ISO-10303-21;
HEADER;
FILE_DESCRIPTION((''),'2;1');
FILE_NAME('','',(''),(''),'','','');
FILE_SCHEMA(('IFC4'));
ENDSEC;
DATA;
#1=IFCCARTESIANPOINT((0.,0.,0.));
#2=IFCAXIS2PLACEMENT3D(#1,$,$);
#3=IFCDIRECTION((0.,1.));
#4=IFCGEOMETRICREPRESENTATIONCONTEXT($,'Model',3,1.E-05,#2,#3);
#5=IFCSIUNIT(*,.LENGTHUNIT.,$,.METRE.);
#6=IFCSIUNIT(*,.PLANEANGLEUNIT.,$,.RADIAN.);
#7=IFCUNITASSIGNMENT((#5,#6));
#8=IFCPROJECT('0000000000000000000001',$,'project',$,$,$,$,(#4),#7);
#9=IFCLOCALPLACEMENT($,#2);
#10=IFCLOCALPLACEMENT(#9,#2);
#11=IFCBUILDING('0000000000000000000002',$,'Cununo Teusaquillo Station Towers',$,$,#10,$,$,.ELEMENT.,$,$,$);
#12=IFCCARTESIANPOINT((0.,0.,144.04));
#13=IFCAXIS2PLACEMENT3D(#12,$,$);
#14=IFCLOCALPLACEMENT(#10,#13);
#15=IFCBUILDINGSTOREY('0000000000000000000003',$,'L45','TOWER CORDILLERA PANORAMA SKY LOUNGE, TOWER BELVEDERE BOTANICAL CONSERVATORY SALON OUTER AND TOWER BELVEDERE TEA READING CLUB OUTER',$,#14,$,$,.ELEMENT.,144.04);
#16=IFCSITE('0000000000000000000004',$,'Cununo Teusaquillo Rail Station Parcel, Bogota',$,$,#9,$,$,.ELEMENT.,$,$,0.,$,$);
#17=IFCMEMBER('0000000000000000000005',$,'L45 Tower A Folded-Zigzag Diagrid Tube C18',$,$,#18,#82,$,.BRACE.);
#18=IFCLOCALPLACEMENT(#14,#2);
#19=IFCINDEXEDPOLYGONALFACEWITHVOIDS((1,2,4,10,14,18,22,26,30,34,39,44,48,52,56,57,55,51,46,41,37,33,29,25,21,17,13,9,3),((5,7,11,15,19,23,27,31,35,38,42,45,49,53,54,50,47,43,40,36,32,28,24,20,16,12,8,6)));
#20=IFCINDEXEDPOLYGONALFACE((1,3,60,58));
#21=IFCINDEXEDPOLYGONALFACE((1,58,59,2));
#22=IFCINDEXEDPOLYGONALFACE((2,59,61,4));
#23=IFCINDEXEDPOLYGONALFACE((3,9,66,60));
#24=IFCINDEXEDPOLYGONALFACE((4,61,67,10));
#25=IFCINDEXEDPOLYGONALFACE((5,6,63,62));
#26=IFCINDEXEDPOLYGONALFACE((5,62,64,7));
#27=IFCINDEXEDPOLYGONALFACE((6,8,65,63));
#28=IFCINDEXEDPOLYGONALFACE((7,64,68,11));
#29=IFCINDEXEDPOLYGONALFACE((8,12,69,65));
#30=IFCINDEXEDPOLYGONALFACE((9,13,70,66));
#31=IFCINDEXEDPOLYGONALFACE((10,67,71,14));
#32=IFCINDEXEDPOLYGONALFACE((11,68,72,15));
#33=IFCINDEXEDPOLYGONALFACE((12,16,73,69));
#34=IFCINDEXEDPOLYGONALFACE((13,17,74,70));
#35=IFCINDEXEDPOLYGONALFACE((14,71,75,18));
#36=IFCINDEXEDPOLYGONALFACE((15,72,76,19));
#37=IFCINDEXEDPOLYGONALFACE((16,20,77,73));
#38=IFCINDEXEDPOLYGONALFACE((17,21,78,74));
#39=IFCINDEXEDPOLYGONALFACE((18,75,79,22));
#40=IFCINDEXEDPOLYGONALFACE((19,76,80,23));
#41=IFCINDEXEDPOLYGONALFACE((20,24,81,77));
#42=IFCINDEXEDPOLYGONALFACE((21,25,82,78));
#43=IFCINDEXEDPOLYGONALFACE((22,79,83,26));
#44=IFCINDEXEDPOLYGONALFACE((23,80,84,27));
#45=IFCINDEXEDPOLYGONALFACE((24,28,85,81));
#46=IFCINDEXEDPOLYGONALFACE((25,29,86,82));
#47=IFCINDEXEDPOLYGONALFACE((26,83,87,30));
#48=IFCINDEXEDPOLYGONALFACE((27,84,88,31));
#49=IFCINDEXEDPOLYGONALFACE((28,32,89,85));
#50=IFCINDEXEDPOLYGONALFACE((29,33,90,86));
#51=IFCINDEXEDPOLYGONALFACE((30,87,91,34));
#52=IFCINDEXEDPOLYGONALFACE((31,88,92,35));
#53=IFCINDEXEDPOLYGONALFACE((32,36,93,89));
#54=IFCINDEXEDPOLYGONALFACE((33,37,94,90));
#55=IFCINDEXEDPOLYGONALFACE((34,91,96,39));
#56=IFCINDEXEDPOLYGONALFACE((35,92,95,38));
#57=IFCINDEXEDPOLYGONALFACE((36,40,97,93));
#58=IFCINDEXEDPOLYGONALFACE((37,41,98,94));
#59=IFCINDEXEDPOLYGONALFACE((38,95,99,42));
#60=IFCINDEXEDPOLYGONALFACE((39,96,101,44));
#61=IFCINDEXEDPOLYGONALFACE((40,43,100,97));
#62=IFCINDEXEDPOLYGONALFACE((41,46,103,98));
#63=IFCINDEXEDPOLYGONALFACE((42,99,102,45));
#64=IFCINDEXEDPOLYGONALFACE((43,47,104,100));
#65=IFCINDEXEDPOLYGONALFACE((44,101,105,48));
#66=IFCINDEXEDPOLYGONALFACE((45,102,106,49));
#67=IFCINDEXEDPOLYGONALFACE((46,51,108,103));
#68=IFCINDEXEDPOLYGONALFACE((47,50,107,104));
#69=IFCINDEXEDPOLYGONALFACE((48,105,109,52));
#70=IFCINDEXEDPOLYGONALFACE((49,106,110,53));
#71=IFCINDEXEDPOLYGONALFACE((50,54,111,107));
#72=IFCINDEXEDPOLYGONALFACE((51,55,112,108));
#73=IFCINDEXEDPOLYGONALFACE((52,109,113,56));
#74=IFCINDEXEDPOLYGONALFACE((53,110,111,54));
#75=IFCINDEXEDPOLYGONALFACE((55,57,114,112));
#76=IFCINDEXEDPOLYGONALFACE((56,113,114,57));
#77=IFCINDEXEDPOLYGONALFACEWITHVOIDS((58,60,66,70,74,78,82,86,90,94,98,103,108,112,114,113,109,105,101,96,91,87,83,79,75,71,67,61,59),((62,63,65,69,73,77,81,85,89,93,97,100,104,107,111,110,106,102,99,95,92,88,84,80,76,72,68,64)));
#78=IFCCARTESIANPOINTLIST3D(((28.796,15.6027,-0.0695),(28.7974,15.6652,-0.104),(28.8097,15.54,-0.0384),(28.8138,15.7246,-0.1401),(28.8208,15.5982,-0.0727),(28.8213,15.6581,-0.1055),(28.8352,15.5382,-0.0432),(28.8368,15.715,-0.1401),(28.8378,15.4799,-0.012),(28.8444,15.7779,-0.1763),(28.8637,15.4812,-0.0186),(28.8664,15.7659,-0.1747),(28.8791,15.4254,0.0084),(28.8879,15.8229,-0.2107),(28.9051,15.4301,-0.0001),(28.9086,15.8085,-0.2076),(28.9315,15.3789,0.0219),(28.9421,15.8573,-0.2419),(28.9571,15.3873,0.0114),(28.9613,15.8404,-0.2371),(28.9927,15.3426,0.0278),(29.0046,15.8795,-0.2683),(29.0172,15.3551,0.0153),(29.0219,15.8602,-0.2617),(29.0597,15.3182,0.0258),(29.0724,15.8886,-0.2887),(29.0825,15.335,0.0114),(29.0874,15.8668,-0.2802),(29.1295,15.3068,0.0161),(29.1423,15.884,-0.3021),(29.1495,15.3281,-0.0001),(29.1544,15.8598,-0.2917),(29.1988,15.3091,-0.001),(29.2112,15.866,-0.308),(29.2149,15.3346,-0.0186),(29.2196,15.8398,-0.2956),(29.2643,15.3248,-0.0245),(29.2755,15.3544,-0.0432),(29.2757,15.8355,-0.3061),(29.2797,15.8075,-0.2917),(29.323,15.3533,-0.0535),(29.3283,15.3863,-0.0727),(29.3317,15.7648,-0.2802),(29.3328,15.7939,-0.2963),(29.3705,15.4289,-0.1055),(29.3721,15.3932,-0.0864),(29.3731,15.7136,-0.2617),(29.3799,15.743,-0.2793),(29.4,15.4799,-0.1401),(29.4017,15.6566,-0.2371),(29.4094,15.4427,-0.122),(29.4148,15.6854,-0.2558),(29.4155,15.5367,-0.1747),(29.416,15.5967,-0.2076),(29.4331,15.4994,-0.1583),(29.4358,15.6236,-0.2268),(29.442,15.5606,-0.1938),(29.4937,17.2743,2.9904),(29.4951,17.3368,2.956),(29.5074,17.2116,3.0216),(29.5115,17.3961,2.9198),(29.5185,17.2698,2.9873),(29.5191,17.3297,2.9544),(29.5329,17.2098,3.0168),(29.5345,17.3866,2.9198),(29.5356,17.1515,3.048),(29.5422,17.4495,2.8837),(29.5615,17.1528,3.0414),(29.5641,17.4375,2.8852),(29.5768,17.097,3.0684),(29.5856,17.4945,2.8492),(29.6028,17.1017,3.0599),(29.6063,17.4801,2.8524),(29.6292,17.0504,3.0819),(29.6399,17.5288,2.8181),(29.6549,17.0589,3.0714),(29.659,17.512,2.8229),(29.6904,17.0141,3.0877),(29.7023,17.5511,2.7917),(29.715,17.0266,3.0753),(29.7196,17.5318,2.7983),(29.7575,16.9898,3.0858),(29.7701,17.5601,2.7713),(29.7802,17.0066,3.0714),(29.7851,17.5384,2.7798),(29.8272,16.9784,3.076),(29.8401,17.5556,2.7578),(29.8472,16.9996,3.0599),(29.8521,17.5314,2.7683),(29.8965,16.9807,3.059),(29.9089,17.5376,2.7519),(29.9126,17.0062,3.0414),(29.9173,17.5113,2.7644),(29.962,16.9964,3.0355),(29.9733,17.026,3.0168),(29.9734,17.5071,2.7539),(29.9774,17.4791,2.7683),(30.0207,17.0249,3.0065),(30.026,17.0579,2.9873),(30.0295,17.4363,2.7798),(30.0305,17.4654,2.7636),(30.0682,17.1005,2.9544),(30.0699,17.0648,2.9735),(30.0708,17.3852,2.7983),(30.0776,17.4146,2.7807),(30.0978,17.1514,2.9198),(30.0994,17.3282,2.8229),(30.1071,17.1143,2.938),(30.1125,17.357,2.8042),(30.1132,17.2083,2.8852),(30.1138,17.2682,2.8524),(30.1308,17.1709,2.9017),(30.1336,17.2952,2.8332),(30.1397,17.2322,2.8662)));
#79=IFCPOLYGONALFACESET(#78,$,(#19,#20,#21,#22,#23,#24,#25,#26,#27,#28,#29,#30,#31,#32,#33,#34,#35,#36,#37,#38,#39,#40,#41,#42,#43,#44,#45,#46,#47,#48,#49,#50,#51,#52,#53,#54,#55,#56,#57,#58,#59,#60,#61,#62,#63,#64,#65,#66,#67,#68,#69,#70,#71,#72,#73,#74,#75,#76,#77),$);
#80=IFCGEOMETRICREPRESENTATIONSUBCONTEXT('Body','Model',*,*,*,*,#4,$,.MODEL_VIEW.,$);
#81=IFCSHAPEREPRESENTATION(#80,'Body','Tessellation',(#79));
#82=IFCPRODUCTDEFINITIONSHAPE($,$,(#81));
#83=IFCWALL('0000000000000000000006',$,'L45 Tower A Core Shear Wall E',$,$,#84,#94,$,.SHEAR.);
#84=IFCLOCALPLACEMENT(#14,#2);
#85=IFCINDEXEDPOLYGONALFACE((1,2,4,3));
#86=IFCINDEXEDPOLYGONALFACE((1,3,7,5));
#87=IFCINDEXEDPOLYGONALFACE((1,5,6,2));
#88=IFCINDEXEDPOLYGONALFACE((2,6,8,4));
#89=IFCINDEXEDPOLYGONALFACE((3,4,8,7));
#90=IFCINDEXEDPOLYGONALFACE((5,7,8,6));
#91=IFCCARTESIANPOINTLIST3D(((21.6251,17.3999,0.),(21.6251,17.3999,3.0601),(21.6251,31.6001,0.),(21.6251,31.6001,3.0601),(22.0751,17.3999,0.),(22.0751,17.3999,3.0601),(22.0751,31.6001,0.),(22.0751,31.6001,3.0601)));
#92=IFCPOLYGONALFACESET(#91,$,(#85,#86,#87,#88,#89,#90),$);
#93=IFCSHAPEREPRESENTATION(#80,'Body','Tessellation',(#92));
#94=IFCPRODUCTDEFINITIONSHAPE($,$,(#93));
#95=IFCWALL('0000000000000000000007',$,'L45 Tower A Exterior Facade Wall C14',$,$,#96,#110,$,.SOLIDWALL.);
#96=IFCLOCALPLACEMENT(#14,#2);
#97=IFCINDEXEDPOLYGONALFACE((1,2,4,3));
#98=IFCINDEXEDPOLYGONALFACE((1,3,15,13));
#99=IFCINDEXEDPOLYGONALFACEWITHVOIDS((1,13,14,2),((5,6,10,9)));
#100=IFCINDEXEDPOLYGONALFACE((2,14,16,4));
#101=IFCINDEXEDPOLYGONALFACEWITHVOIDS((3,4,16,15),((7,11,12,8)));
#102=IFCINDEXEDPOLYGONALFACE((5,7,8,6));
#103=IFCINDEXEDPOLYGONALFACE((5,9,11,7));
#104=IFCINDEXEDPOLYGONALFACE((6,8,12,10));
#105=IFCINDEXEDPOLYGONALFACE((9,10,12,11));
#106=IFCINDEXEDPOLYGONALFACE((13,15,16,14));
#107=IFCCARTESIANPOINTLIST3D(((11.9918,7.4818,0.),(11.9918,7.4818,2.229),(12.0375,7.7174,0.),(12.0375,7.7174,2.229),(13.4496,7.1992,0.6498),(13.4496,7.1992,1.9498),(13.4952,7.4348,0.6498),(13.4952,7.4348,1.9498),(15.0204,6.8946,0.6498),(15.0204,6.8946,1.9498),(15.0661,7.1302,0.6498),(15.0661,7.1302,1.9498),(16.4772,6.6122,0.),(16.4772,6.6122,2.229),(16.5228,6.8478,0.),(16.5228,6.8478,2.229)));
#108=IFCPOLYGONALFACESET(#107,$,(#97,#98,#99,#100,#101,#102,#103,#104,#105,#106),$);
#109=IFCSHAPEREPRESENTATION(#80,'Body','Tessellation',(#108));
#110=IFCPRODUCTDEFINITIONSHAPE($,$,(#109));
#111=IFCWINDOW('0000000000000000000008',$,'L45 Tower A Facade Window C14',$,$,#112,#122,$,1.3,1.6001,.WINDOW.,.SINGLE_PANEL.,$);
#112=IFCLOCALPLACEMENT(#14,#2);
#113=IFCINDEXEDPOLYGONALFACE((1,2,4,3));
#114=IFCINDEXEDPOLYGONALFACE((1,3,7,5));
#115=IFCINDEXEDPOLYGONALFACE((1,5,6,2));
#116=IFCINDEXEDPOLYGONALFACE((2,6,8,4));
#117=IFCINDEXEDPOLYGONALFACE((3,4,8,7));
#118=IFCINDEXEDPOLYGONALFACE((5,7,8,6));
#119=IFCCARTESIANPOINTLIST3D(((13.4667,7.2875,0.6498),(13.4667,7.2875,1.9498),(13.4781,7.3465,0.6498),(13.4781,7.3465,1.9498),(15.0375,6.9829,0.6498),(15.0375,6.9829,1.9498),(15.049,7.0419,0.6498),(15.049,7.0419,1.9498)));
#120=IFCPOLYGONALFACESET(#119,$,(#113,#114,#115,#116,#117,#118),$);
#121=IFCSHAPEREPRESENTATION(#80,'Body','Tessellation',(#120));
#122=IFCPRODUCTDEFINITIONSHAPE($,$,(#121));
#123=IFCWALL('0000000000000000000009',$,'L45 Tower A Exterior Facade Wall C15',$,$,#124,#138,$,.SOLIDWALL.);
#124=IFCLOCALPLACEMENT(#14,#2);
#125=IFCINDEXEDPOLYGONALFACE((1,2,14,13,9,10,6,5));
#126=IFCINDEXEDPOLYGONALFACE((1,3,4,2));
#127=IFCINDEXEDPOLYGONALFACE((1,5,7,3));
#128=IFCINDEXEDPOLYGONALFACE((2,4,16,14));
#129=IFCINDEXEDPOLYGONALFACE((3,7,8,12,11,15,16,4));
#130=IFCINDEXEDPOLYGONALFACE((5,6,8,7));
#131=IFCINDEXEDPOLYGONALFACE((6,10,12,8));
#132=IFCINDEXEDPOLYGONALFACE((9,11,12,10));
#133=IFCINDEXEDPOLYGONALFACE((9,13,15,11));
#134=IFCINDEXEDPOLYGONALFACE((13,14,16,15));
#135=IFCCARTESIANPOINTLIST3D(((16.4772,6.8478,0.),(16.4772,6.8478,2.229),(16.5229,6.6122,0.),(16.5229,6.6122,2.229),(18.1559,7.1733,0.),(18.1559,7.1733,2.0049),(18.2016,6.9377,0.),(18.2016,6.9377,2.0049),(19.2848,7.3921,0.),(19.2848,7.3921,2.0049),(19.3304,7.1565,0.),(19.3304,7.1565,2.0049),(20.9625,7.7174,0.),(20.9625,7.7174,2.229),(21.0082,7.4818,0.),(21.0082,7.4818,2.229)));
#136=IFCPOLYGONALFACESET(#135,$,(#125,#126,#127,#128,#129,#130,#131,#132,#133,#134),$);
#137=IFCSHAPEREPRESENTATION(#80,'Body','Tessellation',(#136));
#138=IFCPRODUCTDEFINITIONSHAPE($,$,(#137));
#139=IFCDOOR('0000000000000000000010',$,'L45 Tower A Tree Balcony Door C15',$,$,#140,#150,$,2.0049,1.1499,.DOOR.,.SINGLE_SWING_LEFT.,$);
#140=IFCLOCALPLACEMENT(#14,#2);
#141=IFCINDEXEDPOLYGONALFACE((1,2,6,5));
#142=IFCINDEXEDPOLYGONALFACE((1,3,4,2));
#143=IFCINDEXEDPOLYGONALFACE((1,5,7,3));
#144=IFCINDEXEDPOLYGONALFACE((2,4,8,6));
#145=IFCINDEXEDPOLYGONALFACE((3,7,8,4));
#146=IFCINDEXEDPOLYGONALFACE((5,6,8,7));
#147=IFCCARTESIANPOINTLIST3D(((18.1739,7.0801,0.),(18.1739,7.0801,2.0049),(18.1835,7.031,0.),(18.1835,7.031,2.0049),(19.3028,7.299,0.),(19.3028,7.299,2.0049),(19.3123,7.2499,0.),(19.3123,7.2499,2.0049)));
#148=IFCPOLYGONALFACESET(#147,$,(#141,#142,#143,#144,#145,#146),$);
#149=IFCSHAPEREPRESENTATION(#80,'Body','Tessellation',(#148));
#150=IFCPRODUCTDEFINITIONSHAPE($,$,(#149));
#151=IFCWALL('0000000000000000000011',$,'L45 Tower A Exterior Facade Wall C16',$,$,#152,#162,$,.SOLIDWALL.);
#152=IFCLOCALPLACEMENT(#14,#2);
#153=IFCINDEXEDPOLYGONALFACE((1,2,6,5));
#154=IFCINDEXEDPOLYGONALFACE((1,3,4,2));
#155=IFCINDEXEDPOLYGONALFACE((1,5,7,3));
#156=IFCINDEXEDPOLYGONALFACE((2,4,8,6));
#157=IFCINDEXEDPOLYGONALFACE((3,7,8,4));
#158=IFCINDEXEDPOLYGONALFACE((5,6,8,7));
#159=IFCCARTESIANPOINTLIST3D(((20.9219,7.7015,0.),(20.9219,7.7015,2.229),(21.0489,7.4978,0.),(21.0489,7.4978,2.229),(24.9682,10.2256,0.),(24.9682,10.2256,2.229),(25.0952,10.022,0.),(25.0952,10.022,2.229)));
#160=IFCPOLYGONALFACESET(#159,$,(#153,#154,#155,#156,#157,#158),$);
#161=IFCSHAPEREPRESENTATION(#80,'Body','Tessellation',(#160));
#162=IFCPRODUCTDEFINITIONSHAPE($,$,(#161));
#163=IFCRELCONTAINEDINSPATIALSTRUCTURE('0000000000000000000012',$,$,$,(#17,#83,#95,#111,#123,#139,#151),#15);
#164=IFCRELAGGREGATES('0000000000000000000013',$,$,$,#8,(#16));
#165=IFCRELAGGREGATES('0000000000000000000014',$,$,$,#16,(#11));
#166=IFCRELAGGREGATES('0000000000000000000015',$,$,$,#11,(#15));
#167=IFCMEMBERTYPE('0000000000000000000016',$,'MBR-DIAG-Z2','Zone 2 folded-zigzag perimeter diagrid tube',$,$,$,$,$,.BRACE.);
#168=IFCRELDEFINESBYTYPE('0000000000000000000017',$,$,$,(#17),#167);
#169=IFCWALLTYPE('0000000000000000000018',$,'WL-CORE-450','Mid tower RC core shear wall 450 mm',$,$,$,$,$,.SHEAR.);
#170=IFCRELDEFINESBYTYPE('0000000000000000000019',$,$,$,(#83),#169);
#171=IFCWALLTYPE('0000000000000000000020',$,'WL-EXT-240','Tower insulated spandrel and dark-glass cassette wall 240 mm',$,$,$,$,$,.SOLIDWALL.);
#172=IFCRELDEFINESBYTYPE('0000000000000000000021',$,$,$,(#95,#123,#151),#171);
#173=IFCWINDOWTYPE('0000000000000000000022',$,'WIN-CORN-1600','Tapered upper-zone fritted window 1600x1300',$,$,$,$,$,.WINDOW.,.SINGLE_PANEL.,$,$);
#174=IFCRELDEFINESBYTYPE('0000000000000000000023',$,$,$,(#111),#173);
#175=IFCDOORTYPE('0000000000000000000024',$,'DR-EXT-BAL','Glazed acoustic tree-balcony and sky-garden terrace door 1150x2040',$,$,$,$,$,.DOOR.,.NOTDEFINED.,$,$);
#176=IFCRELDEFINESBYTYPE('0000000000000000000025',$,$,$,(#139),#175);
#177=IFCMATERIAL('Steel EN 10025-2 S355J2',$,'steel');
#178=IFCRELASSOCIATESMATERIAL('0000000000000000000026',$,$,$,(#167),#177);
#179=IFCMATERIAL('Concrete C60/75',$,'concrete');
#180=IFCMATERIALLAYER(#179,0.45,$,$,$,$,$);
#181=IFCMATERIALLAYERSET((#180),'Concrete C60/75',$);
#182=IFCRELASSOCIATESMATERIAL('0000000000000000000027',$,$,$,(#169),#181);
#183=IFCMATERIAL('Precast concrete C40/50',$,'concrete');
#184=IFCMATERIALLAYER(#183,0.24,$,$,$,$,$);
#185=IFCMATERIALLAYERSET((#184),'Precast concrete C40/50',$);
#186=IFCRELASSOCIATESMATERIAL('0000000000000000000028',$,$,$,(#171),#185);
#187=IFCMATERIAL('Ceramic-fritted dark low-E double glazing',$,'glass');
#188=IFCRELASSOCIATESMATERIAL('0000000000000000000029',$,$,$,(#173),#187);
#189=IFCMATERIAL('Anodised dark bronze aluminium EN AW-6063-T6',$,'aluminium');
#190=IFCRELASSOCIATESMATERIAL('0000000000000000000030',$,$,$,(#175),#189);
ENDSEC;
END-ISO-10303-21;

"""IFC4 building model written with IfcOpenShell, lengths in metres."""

from ifc_helpers import new_model, si_unit, direction, frame, frame_2d, origin, origin_2d, place, context, subcontext, project, spatial, rectangle, hollow_circle, extrude, source, transform, mapped, material, layer, layer_set, material_profile, profile_set, type_object, element, fill, save


model = new_model("IFC4")

# Units and contexts
model_context = context("Model", 3, precision=1e-05, world=origin(), true_north=direction((0.0, 1.0)))
body_context = subcontext(model_context, "Body", "Model", "MODEL_VIEW")
ifc_project = project(units=[si_unit("LENGTHUNIT", "METRE"), si_unit("PLANEANGLEUNIT", "RADIAN")], contexts=[model_context])

# Site, building, storey
site_placement = place(None, origin())
site = spatial("IfcSite", under=ifc_project, at=site_placement, Name="Cununo Teusaquillo Rail Station Parcel, Bogota", CompositionType="ELEMENT", RefElevation=0.0)
building_placement = place(site_placement, origin())
building = spatial("IfcBuilding", under=site, at=building_placement, Name="Cununo Teusaquillo Station Towers", CompositionType="ELEMENT")
storey_placement = place(building_placement, frame((0.0, 0.0, 144.04)))
storey = spatial("IfcBuildingStorey", under=building, at=storey_placement, Name="L45", Description="TOWER CORDILLERA PANORAMA SKY LOUNGE, TOWER BELVEDERE BOTANICAL CONSERVATORY SALON OUTER AND TOWER BELVEDERE TEA READING CLUB OUTER", CompositionType="ELEMENT", Elevation=144.04)

# Member
ifc_material_1 = material(Name="Steel EN 10025-2 S355J2", Category="steel")
ifc_material_profile_1 = material_profile(ifc_material_1, hollow_circle(Radius=0.3301, WallThickness=0.0249, at=origin_2d()), Name="CHS 660x25")
ifc_profile_set_1 = profile_set([ifc_material_profile_1], Name="Steel EN 10025-2 S355J2")
member_type = type_object("IfcMemberType", Name="MBR-DIAG-Z2", Description="Zone 2 folded-zigzag perimeter diagrid tube", PredefinedType="BRACE", material=ifc_profile_set_1)
member_1_placement = place(storey_placement, frame((29.1184, 15.5974, -0.1401), z_axis=(0.196219, 0.470087, 0.860533), x_axis=(-0.922833, 0.385199, 0.0)))
element("IfcMember", 1, at=member_1_placement, inside=storey, type_object=member_type, Name="L45 Tower A Folded-Zigzag Diagrid Tube C18", PredefinedType="BRACE", context=body_context, shape_type="SweptSolid", body=[
    extrude(hollow_circle(Radius=0.3301, WallThickness=0.0249, at=origin_2d()), origin(), (0.0, 0.0, 1.0), 3.5559),
])

# Wall
ifc_material_2 = material(Name="Concrete C60/75", Category="concrete")
ifc_layer_1 = layer(ifc_material_2, 0.45)
ifc_layer_set_1 = layer_set([ifc_layer_1], Name="Concrete C60/75")
wall_type_1 = type_object("IfcWallType", Name="WL-CORE-450", Description="Mid tower RC core shear wall 450 mm", PredefinedType="SHEAR", material=ifc_layer_set_1)
wall_1_placement = place(storey_placement, frame((21.8501, 17.3999, 0.0), z_axis=(0.0, 0.0, 1.0), x_axis=(0.0, 1.0, 0.0)))
element("IfcWall", 2, at=wall_1_placement, inside=storey, type_object=wall_type_1, Name="L45 Tower A Core Shear Wall E", PredefinedType="SHEAR", context=body_context, shape_type="SweptSolid", body=[
    extrude(rectangle(XDim=14.2002, YDim=0.45, at=frame_2d((7.1001, 0.0))), origin(), (0.0, 0.0, 1.0), 3.0601),
])

# Wall, opening, window
ifc_material_3 = material(Name="Precast concrete C40/50", Category="concrete")
ifc_layer_2 = layer(ifc_material_3, 0.24)
ifc_layer_set_2 = layer_set([ifc_layer_2], Name="Precast concrete C40/50")
wall_type_2 = type_object("IfcWallType", Name="WL-EXT-240", Description="Tower insulated spandrel and dark-glass cassette wall 240 mm", PredefinedType="SOLIDWALL", material=ifc_layer_set_2)
wall_2_placement = place(storey_placement, frame((16.5, 6.73, 0.0), z_axis=(0.0, 0.0, 1.0), x_axis=(-0.981719, 0.190338, 0.0)))
wall_2 = element("IfcWall", 3, at=wall_2_placement, inside=storey, type_object=wall_type_2, Name="L45 Tower A Exterior Facade Wall C14", PredefinedType="SOLIDWALL", context=body_context, shape_type="SweptSolid", body=[
    extrude(rectangle(XDim=4.5688, YDim=0.24, at=frame_2d((2.2844, 0.0))), origin(), (0.0, 0.0, 1.0), 2.229),
])
shared_shape_1 = source(origin(), body_context, "Body", "SweptSolid", [
    extrude(rectangle(XDim=1.6001, YDim=1.3, at=frame_2d((0.8, 0.6499))), frame((0.0, 0.1299, 0.0), z_axis=(0.0, -1.0, 0.0), x_axis=(1.0, 0.0, 0.0)), (0.0, 0.0, 1.0), 0.26),
])
opening_1_placement = place(wall_2_placement, frame((1.4839, 0.0, 0.6499)))
opening_1 = element("IfcOpeningElement", 4, at=opening_1_placement, cuts=wall_2, PredefinedType="OPENING", context=body_context, shape_type="MappedRepresentation", body=[
    mapped(shared_shape_1, transform((0.0, 0.0, 0.0), x_axis=(1.0, 0.0, 0.0), y_axis=(0.0, 1.0, 0.0), z_axis=(0.0, 0.0, 1.0), scale=1.0)),
])
ifc_material_4 = material(Name="Ceramic-fritted dark low-E double glazing", Category="glass")
window_type = type_object("IfcWindowType", Name="WIN-CORN-1600", Description="Tapered upper-zone fritted window 1600x1300", PartitioningType="SINGLE_PANEL", PredefinedType="WINDOW", material=ifc_material_4)
shared_shape_2 = source(origin(), body_context, "Body", "SweptSolid", [
    extrude(rectangle(XDim=1.6001, YDim=1.3, at=frame_2d((0.8, 0.6499))), frame((0.0, 0.03, 0.0), z_axis=(0.0, -1.0, 0.0), x_axis=(1.0, 0.0, 0.0)), (0.0, 0.0, 1.0), 0.0601),
])
window_1_placement = place(opening_1_placement, origin())
window_1 = element("IfcWindow", 5, at=window_1_placement, inside=storey, type_object=window_type, Name="L45 Tower A Facade Window C14", OverallHeight=1.3, OverallWidth=1.6001, PartitioningType="SINGLE_PANEL", PredefinedType="WINDOW", context=body_context, shape_type="MappedRepresentation", body=[
    mapped(shared_shape_2, transform((0.0, 0.0, 0.0), x_axis=(1.0, 0.0, 0.0), y_axis=(0.0, 1.0, 0.0), z_axis=(0.0, 0.0, 1.0), scale=1.0)),
])
fill(opening_1, window_1)

# Wall, opening, door
wall_3_placement = place(storey_placement, frame((20.9854, 7.5996, 0.0), z_axis=(0.0, 0.0, 1.0), x_axis=(-0.981719, -0.190338, 0.0)))
wall_3 = element("IfcWall", 6, at=wall_3_placement, inside=storey, type_object=wall_type_2, Name="L45 Tower A Exterior Facade Wall C15", PredefinedType="SOLIDWALL", context=body_context, shape_type="SweptSolid", body=[
    extrude(rectangle(XDim=4.5688, YDim=0.24, at=frame_2d((2.2844, 0.0))), origin(), (0.0, 0.0, 1.0), 2.229),
])
shared_shape_3 = source(origin(), body_context, "Body", "SweptSolid", [
    extrude(rectangle(XDim=1.1499, YDim=2.0049, at=frame_2d((0.575, 1.0024))), frame((0.0, 0.1299, 0.0), z_axis=(0.0, -1.0, 0.0), x_axis=(1.0, 0.0, 0.0)), (0.0, 0.0, 1.0), 0.26),
])
opening_2_placement = place(wall_3_placement, frame((1.709, 0.0, 0.0)))
opening_2 = element("IfcOpeningElement", 7, at=opening_2_placement, cuts=wall_3, PredefinedType="OPENING", context=body_context, shape_type="MappedRepresentation", body=[
    mapped(shared_shape_3, transform((0.0, 0.0, 0.0), x_axis=(1.0, 0.0, 0.0), y_axis=(0.0, 1.0, 0.0), z_axis=(0.0, 0.0, 1.0), scale=1.0)),
])
ifc_material_5 = material(Name="Anodised dark bronze aluminium EN AW-6063-T6", Category="aluminium")
door_type_1 = type_object("IfcDoorType", Name="DR-EXT-BAL", Description="Glazed acoustic tree-balcony and sky-garden terrace door 1150x2040", OperationType="NOTDEFINED", PredefinedType="DOOR", material=ifc_material_5)
shared_shape_4 = source(origin(), body_context, "Body", "SweptSolid", [
    extrude(rectangle(XDim=1.1499, YDim=2.0049, at=frame_2d((0.575, 1.0024))), frame((0.0, 0.0249, 0.0), z_axis=(0.0, -1.0, 0.0), x_axis=(1.0, 0.0, 0.0)), (0.0, 0.0, 1.0), 0.05),
])
door_1_placement = place(opening_2_placement, origin())
door_1 = element("IfcDoor", 8, at=door_1_placement, inside=storey, type_object=door_type_1, Name="L45 Tower A Tree Balcony Door C15", OperationType="SINGLE_SWING_LEFT", OverallHeight=2.0049, OverallWidth=1.1499, PredefinedType="DOOR", context=body_context, shape_type="MappedRepresentation", body=[
    mapped(shared_shape_4, transform((0.0, 0.0, 0.0), x_axis=(1.0, 0.0, 0.0), y_axis=(0.0, 1.0, 0.0), z_axis=(0.0, 0.0, 1.0), scale=1.0)),
])
fill(opening_2, door_1)

# Wall
wall_4_placement = place(storey_placement, frame((25.0317, 10.1238, 0.0), z_axis=(0.0, 0.0, 1.0), x_axis=(-0.848452, -0.529272, 0.0)))
element("IfcWall", 9, at=wall_4_placement, inside=storey, type_object=wall_type_2, Name="L45 Tower A Exterior Facade Wall C16", PredefinedType="SOLIDWALL", context=body_context, shape_type="SweptSolid", body=[
    extrude(rectangle(XDim=4.769, YDim=0.24, at=frame_2d((2.3845, 0.0))), origin(), (0.0, 0.0, 1.0), 2.229),
])

save(model, "model.ifc")
